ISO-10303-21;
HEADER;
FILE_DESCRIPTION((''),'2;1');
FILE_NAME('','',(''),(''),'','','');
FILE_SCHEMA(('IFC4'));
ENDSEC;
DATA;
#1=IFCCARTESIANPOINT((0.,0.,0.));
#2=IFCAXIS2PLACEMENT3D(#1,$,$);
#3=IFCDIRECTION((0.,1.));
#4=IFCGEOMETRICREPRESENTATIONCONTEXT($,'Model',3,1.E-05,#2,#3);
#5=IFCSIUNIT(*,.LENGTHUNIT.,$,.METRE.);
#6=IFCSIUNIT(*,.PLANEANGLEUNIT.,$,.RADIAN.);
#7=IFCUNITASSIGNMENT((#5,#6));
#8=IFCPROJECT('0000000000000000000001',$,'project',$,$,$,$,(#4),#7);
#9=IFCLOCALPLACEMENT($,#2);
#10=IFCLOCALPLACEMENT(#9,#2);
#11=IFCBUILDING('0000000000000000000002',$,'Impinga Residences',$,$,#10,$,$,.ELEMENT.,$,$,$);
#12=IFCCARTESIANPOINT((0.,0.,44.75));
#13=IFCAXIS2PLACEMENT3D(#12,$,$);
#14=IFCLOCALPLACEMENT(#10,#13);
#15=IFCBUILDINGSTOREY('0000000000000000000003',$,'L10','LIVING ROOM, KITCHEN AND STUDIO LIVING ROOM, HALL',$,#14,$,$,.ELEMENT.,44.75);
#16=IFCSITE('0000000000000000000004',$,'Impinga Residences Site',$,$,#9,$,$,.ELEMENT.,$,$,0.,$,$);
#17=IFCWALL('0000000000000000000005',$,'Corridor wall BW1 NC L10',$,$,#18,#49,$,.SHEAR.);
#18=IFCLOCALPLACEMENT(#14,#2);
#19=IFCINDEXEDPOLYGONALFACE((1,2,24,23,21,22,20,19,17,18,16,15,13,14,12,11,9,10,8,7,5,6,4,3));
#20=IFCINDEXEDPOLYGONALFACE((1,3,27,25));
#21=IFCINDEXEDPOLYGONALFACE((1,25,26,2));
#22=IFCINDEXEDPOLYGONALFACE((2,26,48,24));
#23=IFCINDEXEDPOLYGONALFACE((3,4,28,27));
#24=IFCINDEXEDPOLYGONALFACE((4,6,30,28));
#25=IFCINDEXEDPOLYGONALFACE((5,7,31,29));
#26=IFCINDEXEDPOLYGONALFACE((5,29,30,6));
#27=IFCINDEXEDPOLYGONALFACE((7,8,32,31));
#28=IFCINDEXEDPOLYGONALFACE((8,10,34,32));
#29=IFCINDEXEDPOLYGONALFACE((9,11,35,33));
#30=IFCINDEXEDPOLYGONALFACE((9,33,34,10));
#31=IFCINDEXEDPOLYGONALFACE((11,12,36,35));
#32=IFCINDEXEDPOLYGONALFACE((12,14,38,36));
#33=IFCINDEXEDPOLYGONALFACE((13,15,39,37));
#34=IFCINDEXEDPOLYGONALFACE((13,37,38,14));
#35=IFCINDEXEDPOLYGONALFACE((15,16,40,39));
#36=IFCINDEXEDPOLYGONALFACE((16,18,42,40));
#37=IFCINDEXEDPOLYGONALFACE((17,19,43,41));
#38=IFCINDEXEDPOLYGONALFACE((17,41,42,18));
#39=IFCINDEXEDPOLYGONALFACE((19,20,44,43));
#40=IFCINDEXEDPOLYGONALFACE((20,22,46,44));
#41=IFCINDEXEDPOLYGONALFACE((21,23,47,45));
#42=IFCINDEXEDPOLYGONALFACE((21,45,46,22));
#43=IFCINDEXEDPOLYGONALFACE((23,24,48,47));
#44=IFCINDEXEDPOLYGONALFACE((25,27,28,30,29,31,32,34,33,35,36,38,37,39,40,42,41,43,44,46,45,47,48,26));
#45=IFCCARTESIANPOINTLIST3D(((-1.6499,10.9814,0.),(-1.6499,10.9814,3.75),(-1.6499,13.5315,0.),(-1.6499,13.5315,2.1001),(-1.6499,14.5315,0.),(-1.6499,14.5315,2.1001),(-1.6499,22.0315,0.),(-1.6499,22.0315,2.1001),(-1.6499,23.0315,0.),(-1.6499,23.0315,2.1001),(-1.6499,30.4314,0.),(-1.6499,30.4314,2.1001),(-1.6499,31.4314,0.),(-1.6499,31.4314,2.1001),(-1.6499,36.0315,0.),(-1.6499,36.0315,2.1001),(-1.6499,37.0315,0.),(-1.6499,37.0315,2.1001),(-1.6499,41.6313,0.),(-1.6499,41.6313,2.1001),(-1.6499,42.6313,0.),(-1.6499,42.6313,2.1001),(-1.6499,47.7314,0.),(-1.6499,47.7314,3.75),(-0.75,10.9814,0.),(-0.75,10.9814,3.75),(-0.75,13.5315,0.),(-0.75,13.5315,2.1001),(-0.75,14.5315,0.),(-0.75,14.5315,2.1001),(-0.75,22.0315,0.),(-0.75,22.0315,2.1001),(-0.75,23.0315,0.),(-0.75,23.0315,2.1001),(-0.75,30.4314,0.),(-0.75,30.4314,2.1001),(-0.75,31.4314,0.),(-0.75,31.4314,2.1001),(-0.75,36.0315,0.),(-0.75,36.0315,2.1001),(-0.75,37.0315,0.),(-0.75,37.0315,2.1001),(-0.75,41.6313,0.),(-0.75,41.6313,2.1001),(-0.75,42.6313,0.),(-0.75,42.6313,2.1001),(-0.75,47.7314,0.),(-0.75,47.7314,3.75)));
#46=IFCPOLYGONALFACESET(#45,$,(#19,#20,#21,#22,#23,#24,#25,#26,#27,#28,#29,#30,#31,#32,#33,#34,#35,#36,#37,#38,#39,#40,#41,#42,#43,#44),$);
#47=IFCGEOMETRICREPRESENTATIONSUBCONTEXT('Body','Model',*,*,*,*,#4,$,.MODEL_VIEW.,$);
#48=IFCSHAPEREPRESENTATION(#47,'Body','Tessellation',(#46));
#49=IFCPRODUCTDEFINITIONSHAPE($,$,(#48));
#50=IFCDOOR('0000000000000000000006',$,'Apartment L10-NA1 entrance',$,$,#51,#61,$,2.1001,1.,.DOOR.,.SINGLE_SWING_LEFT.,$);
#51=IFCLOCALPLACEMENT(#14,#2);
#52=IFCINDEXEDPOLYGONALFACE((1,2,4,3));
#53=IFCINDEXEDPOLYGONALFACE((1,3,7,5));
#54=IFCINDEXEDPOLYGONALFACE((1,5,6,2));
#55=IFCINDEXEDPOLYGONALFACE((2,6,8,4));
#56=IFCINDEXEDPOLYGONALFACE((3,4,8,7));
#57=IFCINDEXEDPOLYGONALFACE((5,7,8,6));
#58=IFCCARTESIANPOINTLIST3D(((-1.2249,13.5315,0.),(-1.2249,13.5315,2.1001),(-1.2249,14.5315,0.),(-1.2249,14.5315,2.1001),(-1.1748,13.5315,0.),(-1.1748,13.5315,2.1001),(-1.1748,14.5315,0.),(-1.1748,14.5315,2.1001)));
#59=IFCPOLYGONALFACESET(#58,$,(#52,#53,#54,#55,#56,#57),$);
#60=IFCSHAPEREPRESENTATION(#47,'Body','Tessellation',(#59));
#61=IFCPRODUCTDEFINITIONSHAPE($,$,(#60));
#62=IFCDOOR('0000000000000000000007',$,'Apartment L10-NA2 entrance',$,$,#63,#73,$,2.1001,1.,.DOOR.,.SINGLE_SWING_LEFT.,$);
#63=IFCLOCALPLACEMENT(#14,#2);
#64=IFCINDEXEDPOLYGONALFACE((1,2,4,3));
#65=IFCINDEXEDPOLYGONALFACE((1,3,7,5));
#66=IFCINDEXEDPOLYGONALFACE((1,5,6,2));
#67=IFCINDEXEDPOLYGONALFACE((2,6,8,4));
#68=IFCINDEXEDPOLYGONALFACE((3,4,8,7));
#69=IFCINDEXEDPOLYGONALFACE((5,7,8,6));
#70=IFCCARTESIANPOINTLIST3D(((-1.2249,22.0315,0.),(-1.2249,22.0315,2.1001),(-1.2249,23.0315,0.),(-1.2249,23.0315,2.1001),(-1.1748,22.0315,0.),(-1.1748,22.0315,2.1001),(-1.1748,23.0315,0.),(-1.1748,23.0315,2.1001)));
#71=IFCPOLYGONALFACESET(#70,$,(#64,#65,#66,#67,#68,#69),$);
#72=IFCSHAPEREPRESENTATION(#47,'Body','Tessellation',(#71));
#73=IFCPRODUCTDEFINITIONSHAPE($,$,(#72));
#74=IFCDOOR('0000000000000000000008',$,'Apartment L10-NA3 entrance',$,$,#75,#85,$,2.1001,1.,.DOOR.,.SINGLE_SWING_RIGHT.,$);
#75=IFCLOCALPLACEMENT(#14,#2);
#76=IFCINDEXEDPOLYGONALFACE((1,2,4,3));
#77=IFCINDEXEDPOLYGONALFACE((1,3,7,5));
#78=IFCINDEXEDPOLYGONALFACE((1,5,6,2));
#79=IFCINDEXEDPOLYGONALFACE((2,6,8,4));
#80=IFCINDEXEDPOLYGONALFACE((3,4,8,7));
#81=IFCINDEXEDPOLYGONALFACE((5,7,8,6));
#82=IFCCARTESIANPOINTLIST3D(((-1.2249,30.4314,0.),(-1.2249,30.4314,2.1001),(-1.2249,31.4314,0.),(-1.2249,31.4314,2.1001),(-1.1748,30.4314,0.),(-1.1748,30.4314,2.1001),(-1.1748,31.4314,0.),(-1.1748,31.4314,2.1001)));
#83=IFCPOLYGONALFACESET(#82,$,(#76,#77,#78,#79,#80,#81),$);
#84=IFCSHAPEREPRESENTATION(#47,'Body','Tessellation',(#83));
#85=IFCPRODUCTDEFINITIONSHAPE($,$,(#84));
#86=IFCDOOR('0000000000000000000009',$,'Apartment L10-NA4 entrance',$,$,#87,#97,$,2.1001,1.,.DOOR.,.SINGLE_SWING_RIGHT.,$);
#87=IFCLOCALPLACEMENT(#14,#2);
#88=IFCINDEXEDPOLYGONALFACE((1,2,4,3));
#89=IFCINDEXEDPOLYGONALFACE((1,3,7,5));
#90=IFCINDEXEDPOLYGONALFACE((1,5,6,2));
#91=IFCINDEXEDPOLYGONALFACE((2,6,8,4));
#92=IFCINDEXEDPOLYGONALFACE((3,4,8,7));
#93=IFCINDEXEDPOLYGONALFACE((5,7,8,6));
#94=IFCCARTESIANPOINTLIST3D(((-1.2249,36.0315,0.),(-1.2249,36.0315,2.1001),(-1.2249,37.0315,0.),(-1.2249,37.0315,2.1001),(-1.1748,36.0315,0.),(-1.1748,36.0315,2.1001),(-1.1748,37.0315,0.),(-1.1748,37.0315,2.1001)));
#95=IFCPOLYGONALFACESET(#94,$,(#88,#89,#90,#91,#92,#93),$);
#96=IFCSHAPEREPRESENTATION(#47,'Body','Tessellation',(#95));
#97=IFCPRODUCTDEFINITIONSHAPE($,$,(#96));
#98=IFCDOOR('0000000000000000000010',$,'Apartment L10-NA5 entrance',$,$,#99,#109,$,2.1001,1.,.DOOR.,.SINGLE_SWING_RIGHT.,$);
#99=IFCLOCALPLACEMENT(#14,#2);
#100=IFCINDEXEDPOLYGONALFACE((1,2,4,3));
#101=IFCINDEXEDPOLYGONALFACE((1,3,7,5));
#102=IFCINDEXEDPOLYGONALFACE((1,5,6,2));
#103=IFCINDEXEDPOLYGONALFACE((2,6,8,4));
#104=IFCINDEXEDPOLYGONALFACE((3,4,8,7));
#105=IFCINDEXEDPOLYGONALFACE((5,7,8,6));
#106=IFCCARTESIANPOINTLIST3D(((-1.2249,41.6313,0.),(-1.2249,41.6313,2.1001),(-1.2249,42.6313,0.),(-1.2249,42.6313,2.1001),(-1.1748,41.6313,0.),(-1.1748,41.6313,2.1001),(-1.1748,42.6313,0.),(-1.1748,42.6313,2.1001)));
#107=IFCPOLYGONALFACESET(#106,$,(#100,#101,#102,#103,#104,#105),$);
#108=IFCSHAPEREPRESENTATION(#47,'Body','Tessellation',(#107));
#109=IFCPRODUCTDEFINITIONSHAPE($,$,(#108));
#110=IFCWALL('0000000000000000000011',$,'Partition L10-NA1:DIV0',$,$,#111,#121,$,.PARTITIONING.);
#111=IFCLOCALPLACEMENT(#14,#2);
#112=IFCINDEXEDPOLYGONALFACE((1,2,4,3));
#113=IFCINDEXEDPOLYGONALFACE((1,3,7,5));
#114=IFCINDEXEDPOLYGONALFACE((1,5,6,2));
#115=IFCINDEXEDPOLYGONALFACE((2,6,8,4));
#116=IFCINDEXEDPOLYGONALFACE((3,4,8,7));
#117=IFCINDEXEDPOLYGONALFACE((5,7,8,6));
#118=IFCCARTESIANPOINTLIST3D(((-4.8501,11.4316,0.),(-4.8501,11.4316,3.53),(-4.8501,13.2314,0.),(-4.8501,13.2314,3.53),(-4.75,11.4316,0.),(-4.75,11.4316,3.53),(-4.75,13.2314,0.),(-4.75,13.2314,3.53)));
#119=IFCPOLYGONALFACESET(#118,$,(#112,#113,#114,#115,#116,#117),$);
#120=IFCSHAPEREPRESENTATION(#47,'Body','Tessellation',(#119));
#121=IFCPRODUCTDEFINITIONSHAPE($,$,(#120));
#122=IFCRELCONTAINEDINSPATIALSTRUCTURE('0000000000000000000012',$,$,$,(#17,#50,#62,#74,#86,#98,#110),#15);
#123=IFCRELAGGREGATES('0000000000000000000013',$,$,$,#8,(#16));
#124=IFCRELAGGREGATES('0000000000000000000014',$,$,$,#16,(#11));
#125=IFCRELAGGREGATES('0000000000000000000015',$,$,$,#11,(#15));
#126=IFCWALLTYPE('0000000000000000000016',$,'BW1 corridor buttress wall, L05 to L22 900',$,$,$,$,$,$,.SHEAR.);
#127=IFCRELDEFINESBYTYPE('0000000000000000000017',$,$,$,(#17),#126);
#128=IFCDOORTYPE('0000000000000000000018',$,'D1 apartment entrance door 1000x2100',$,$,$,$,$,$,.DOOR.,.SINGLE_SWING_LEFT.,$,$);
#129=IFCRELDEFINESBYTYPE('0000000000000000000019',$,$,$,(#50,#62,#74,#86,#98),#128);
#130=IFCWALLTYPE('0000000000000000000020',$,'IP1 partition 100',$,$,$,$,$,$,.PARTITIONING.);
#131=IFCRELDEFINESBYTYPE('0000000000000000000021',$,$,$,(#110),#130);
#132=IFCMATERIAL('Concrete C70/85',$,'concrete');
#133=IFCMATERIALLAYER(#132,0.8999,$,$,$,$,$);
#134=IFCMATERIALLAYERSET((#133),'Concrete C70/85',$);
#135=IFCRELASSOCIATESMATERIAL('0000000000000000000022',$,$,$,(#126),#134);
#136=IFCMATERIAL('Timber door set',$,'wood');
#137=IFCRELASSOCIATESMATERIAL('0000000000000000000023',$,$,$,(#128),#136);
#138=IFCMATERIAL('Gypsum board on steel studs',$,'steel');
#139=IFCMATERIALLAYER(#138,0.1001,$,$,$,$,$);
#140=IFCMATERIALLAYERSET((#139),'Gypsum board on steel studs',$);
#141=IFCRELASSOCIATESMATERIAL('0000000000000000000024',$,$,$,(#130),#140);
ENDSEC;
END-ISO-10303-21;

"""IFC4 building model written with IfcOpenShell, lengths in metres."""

from ifc_helpers import new_model, si_unit, direction, frame, frame_2d, origin, place, context, subcontext, project, spatial, rectangle, extrude, material, layer, layer_set, type_object, element, fill, save


model = new_model("IFC4")

# Units and contexts
model_context = context("Model", 3, precision=1e-05, world=origin(), true_north=direction((0.0, 1.0)))
body_context = subcontext(model_context, "Body", "Model", "MODEL_VIEW")
ifc_project = project(units=[si_unit("LENGTHUNIT", "METRE"), si_unit("PLANEANGLEUNIT", "RADIAN")], contexts=[model_context])

# Site, building, storey
site_placement = place(None, origin())
site = spatial("IfcSite", under=ifc_project, at=site_placement, Name="Impinga Residences Site", CompositionType="ELEMENT", RefElevation=0.0)
building_placement = place(site_placement, origin())
building = spatial("IfcBuilding", under=site, at=building_placement, Name="Impinga Residences", CompositionType="ELEMENT")
storey_placement = place(building_placement, frame((0.0, 0.0, 44.75)))
storey = spatial("IfcBuildingStorey", under=building, at=storey_placement, Name="L10", Description="LIVING ROOM, KITCHEN AND STUDIO LIVING ROOM, HALL", CompositionType="ELEMENT", Elevation=44.75)

# Wall, openings, doors
ifc_material_1 = material(Name="Concrete C70/85", Category="concrete")
ifc_layer_1 = layer(ifc_material_1, 0.8999)
ifc_layer_set_1 = layer_set([ifc_layer_1], Name="Concrete C70/85")
wall_type_1 = type_object("IfcWallType", Name="BW1 corridor buttress wall, L05 to L22 900", PredefinedType="SHEAR", material=ifc_layer_set_1)
wall_1_placement = place(storey_placement, frame((-1.2, 10.9814, 0.0), z_axis=(0.0, 0.0, 1.0), x_axis=(0.0, 1.0, 0.0)))
wall_1 = element("IfcWall", 1, at=wall_1_placement, inside=storey, type_object=wall_type_1, Name="Corridor wall BW1 NC L10", PredefinedType="SHEAR", context=body_context, shape_type="SweptSolid", body=[
    extrude(rectangle(XDim=36.75, YDim=0.8999, at=frame_2d((18.375, 0.0))), origin(), (0.0, 0.0, 1.0), 3.75),
])
opening_1_placement = place(wall_1_placement, frame((2.55, 0.0, 0.0)))
opening_1 = element("IfcOpeningElement", 2, at=opening_1_placement, cuts=wall_1, PredefinedType="OPENING", context=body_context, shape_type="SweptSolid", body=[
    extrude(rectangle(XDim=1.0, YDim=2.1001, at=frame_2d((0.5, 1.05))), frame((0.0, 0.46, 0.0), z_axis=(0.0, -1.0, 0.0), x_axis=(1.0, 0.0, 0.0)), (0.0, 0.0, 1.0), 0.9199),
])
opening_2_placement = place(wall_1_placement, frame((11.05, 0.0, 0.0)))
opening_2 = element("IfcOpeningElement", 3, at=opening_2_placement, cuts=wall_1, PredefinedType="OPENING", context=body_context, shape_type="SweptSolid", body=[
    extrude(rectangle(XDim=1.0, YDim=2.1001, at=frame_2d((0.5, 1.05))), frame((0.0, 0.46, 0.0), z_axis=(0.0, -1.0, 0.0), x_axis=(1.0, 0.0, 0.0)), (0.0, 0.0, 1.0), 0.9199),
])
opening_3_placement = place(wall_1_placement, frame((19.45, 0.0, 0.0)))
opening_3 = element("IfcOpeningElement", 4, at=opening_3_placement, cuts=wall_1, PredefinedType="OPENING", context=body_context, shape_type="SweptSolid", body=[
    extrude(rectangle(XDim=1.0, YDim=2.1001, at=frame_2d((0.5, 1.05))), frame((0.0, 0.46, 0.0), z_axis=(0.0, -1.0, 0.0), x_axis=(1.0, 0.0, 0.0)), (0.0, 0.0, 1.0), 0.9199),
])
opening_4_placement = place(wall_1_placement, frame((25.05, 0.0, 0.0)))
opening_4 = element("IfcOpeningElement", 5, at=opening_4_placement, cuts=wall_1, PredefinedType="OPENING", context=body_context, shape_type="SweptSolid", body=[
    extrude(rectangle(XDim=1.0, YDim=2.1001, at=frame_2d((0.5, 1.05))), frame((0.0, 0.46, 0.0), z_axis=(0.0, -1.0, 0.0), x_axis=(1.0, 0.0, 0.0)), (0.0, 0.0, 1.0), 0.9199),
])
opening_5_placement = place(wall_1_placement, frame((30.6499, 0.0, 0.0)))
opening_5 = element("IfcOpeningElement", 6, at=opening_5_placement, cuts=wall_1, PredefinedType="OPENING", context=body_context, shape_type="SweptSolid", body=[
    extrude(rectangle(XDim=1.0, YDim=2.1001, at=frame_2d((0.5, 1.05))), frame((0.0, 0.46, 0.0), z_axis=(0.0, -1.0, 0.0), x_axis=(1.0, 0.0, 0.0)), (0.0, 0.0, 1.0), 0.9199),
])
ifc_material_2 = material(Name="Timber door set", Category="wood")
door_type_1 = type_object("IfcDoorType", Name="D1 apartment entrance door 1000x2100", OperationType="SINGLE_SWING_LEFT", PredefinedType="DOOR", material=ifc_material_2)
door_1_placement = place(opening_1_placement, origin())
door_1 = element("IfcDoor", 7, at=door_1_placement, inside=storey, type_object=door_type_1, Name="Apartment L10-NA1 entrance", OperationType="SINGLE_SWING_LEFT", OverallHeight=2.1001, OverallWidth=1.0, PredefinedType="DOOR", context=body_context, shape_type="SweptSolid", body=[
    extrude(rectangle(XDim=1.0, YDim=2.1001, at=frame_2d((0.5, 1.05))), frame((0.0, 0.0249, 0.0), z_axis=(0.0, -1.0, 0.0), x_axis=(1.0, 0.0, 0.0)), (0.0, 0.0, 1.0), 0.05),
])
fill(opening_1, door_1)
door_2_placement = place(opening_2_placement, origin())
door_2 = element("IfcDoor", 8, at=door_2_placement, inside=storey, type_object=door_type_1, Name="Apartment L10-NA2 entrance", OperationType="SINGLE_SWING_LEFT", OverallHeight=2.1001, OverallWidth=1.0, PredefinedType="DOOR", context=body_context, shape_type="SweptSolid", body=[
    extrude(rectangle(XDim=1.0, YDim=2.1001, at=frame_2d((0.5, 1.05))), frame((0.0, 0.0249, 0.0), z_axis=(0.0, -1.0, 0.0), x_axis=(1.0, 0.0, 0.0)), (0.0, 0.0, 1.0), 0.05),
])
fill(opening_2, door_2)
door_3_placement = place(opening_3_placement, origin())
door_3 = element("IfcDoor", 9, at=door_3_placement, inside=storey, type_object=door_type_1, Name="Apartment L10-NA3 entrance", OperationType="SINGLE_SWING_RIGHT", OverallHeight=2.1001, OverallWidth=1.0, PredefinedType="DOOR", context=body_context, shape_type="SweptSolid", body=[
    extrude(rectangle(XDim=1.0, YDim=2.1001, at=frame_2d((0.5, 1.05))), frame((0.0, 0.0249, 0.0), z_axis=(0.0, -1.0, 0.0), x_axis=(1.0, 0.0, 0.0)), (0.0, 0.0, 1.0), 0.05),
])
fill(opening_3, door_3)
door_4_placement = place(opening_4_placement, origin())
door_4 = element("IfcDoor", 10, at=door_4_placement, inside=storey, type_object=door_type_1, Name="Apartment L10-NA4 entrance", OperationType="SINGLE_SWING_RIGHT", OverallHeight=2.1001, OverallWidth=1.0, PredefinedType="DOOR", context=body_context, shape_type="SweptSolid", body=[
    extrude(rectangle(XDim=1.0, YDim=2.1001, at=frame_2d((0.5, 1.05))), frame((0.0, 0.0249, 0.0), z_axis=(0.0, -1.0, 0.0), x_axis=(1.0, 0.0, 0.0)), (0.0, 0.0, 1.0), 0.05),
])
fill(opening_4, door_4)
door_5_placement = place(opening_5_placement, origin())
door_5 = element("IfcDoor", 11, at=door_5_placement, inside=storey, type_object=door_type_1, Name="Apartment L10-NA5 entrance", OperationType="SINGLE_SWING_RIGHT", OverallHeight=2.1001, OverallWidth=1.0, PredefinedType="DOOR", context=body_context, shape_type="SweptSolid", body=[
    extrude(rectangle(XDim=1.0, YDim=2.1001, at=frame_2d((0.5, 1.05))), frame((0.0, 0.0249, 0.0), z_axis=(0.0, -1.0, 0.0), x_axis=(1.0, 0.0, 0.0)), (0.0, 0.0, 1.0), 0.05),
])
fill(opening_5, door_5)

# Wall
ifc_material_3 = material(Name="Gypsum board on steel studs", Category="steel")
ifc_layer_2 = layer(ifc_material_3, 0.1001)
ifc_layer_set_2 = layer_set([ifc_layer_2], Name="Gypsum board on steel studs")
wall_type_2 = type_object("IfcWallType", Name="IP1 partition 100", PredefinedType="PARTITIONING", material=ifc_layer_set_2)
wall_2_placement = place(storey_placement, frame((-4.8, 11.4316, 0.0), z_axis=(0.0, 0.0, 1.0), x_axis=(0.0, 1.0, 0.0)))
element("IfcWall", 12, at=wall_2_placement, inside=storey, type_object=wall_type_2, Name="Partition L10-NA1:DIV0", PredefinedType="PARTITIONING", context=body_context, shape_type="SweptSolid", body=[
    extrude(rectangle(XDim=1.7998, YDim=0.1001, at=frame_2d((0.8999, 0.0))), origin(), (0.0, 0.0, 1.0), 3.53),
])

save(model, "model.ifc")
